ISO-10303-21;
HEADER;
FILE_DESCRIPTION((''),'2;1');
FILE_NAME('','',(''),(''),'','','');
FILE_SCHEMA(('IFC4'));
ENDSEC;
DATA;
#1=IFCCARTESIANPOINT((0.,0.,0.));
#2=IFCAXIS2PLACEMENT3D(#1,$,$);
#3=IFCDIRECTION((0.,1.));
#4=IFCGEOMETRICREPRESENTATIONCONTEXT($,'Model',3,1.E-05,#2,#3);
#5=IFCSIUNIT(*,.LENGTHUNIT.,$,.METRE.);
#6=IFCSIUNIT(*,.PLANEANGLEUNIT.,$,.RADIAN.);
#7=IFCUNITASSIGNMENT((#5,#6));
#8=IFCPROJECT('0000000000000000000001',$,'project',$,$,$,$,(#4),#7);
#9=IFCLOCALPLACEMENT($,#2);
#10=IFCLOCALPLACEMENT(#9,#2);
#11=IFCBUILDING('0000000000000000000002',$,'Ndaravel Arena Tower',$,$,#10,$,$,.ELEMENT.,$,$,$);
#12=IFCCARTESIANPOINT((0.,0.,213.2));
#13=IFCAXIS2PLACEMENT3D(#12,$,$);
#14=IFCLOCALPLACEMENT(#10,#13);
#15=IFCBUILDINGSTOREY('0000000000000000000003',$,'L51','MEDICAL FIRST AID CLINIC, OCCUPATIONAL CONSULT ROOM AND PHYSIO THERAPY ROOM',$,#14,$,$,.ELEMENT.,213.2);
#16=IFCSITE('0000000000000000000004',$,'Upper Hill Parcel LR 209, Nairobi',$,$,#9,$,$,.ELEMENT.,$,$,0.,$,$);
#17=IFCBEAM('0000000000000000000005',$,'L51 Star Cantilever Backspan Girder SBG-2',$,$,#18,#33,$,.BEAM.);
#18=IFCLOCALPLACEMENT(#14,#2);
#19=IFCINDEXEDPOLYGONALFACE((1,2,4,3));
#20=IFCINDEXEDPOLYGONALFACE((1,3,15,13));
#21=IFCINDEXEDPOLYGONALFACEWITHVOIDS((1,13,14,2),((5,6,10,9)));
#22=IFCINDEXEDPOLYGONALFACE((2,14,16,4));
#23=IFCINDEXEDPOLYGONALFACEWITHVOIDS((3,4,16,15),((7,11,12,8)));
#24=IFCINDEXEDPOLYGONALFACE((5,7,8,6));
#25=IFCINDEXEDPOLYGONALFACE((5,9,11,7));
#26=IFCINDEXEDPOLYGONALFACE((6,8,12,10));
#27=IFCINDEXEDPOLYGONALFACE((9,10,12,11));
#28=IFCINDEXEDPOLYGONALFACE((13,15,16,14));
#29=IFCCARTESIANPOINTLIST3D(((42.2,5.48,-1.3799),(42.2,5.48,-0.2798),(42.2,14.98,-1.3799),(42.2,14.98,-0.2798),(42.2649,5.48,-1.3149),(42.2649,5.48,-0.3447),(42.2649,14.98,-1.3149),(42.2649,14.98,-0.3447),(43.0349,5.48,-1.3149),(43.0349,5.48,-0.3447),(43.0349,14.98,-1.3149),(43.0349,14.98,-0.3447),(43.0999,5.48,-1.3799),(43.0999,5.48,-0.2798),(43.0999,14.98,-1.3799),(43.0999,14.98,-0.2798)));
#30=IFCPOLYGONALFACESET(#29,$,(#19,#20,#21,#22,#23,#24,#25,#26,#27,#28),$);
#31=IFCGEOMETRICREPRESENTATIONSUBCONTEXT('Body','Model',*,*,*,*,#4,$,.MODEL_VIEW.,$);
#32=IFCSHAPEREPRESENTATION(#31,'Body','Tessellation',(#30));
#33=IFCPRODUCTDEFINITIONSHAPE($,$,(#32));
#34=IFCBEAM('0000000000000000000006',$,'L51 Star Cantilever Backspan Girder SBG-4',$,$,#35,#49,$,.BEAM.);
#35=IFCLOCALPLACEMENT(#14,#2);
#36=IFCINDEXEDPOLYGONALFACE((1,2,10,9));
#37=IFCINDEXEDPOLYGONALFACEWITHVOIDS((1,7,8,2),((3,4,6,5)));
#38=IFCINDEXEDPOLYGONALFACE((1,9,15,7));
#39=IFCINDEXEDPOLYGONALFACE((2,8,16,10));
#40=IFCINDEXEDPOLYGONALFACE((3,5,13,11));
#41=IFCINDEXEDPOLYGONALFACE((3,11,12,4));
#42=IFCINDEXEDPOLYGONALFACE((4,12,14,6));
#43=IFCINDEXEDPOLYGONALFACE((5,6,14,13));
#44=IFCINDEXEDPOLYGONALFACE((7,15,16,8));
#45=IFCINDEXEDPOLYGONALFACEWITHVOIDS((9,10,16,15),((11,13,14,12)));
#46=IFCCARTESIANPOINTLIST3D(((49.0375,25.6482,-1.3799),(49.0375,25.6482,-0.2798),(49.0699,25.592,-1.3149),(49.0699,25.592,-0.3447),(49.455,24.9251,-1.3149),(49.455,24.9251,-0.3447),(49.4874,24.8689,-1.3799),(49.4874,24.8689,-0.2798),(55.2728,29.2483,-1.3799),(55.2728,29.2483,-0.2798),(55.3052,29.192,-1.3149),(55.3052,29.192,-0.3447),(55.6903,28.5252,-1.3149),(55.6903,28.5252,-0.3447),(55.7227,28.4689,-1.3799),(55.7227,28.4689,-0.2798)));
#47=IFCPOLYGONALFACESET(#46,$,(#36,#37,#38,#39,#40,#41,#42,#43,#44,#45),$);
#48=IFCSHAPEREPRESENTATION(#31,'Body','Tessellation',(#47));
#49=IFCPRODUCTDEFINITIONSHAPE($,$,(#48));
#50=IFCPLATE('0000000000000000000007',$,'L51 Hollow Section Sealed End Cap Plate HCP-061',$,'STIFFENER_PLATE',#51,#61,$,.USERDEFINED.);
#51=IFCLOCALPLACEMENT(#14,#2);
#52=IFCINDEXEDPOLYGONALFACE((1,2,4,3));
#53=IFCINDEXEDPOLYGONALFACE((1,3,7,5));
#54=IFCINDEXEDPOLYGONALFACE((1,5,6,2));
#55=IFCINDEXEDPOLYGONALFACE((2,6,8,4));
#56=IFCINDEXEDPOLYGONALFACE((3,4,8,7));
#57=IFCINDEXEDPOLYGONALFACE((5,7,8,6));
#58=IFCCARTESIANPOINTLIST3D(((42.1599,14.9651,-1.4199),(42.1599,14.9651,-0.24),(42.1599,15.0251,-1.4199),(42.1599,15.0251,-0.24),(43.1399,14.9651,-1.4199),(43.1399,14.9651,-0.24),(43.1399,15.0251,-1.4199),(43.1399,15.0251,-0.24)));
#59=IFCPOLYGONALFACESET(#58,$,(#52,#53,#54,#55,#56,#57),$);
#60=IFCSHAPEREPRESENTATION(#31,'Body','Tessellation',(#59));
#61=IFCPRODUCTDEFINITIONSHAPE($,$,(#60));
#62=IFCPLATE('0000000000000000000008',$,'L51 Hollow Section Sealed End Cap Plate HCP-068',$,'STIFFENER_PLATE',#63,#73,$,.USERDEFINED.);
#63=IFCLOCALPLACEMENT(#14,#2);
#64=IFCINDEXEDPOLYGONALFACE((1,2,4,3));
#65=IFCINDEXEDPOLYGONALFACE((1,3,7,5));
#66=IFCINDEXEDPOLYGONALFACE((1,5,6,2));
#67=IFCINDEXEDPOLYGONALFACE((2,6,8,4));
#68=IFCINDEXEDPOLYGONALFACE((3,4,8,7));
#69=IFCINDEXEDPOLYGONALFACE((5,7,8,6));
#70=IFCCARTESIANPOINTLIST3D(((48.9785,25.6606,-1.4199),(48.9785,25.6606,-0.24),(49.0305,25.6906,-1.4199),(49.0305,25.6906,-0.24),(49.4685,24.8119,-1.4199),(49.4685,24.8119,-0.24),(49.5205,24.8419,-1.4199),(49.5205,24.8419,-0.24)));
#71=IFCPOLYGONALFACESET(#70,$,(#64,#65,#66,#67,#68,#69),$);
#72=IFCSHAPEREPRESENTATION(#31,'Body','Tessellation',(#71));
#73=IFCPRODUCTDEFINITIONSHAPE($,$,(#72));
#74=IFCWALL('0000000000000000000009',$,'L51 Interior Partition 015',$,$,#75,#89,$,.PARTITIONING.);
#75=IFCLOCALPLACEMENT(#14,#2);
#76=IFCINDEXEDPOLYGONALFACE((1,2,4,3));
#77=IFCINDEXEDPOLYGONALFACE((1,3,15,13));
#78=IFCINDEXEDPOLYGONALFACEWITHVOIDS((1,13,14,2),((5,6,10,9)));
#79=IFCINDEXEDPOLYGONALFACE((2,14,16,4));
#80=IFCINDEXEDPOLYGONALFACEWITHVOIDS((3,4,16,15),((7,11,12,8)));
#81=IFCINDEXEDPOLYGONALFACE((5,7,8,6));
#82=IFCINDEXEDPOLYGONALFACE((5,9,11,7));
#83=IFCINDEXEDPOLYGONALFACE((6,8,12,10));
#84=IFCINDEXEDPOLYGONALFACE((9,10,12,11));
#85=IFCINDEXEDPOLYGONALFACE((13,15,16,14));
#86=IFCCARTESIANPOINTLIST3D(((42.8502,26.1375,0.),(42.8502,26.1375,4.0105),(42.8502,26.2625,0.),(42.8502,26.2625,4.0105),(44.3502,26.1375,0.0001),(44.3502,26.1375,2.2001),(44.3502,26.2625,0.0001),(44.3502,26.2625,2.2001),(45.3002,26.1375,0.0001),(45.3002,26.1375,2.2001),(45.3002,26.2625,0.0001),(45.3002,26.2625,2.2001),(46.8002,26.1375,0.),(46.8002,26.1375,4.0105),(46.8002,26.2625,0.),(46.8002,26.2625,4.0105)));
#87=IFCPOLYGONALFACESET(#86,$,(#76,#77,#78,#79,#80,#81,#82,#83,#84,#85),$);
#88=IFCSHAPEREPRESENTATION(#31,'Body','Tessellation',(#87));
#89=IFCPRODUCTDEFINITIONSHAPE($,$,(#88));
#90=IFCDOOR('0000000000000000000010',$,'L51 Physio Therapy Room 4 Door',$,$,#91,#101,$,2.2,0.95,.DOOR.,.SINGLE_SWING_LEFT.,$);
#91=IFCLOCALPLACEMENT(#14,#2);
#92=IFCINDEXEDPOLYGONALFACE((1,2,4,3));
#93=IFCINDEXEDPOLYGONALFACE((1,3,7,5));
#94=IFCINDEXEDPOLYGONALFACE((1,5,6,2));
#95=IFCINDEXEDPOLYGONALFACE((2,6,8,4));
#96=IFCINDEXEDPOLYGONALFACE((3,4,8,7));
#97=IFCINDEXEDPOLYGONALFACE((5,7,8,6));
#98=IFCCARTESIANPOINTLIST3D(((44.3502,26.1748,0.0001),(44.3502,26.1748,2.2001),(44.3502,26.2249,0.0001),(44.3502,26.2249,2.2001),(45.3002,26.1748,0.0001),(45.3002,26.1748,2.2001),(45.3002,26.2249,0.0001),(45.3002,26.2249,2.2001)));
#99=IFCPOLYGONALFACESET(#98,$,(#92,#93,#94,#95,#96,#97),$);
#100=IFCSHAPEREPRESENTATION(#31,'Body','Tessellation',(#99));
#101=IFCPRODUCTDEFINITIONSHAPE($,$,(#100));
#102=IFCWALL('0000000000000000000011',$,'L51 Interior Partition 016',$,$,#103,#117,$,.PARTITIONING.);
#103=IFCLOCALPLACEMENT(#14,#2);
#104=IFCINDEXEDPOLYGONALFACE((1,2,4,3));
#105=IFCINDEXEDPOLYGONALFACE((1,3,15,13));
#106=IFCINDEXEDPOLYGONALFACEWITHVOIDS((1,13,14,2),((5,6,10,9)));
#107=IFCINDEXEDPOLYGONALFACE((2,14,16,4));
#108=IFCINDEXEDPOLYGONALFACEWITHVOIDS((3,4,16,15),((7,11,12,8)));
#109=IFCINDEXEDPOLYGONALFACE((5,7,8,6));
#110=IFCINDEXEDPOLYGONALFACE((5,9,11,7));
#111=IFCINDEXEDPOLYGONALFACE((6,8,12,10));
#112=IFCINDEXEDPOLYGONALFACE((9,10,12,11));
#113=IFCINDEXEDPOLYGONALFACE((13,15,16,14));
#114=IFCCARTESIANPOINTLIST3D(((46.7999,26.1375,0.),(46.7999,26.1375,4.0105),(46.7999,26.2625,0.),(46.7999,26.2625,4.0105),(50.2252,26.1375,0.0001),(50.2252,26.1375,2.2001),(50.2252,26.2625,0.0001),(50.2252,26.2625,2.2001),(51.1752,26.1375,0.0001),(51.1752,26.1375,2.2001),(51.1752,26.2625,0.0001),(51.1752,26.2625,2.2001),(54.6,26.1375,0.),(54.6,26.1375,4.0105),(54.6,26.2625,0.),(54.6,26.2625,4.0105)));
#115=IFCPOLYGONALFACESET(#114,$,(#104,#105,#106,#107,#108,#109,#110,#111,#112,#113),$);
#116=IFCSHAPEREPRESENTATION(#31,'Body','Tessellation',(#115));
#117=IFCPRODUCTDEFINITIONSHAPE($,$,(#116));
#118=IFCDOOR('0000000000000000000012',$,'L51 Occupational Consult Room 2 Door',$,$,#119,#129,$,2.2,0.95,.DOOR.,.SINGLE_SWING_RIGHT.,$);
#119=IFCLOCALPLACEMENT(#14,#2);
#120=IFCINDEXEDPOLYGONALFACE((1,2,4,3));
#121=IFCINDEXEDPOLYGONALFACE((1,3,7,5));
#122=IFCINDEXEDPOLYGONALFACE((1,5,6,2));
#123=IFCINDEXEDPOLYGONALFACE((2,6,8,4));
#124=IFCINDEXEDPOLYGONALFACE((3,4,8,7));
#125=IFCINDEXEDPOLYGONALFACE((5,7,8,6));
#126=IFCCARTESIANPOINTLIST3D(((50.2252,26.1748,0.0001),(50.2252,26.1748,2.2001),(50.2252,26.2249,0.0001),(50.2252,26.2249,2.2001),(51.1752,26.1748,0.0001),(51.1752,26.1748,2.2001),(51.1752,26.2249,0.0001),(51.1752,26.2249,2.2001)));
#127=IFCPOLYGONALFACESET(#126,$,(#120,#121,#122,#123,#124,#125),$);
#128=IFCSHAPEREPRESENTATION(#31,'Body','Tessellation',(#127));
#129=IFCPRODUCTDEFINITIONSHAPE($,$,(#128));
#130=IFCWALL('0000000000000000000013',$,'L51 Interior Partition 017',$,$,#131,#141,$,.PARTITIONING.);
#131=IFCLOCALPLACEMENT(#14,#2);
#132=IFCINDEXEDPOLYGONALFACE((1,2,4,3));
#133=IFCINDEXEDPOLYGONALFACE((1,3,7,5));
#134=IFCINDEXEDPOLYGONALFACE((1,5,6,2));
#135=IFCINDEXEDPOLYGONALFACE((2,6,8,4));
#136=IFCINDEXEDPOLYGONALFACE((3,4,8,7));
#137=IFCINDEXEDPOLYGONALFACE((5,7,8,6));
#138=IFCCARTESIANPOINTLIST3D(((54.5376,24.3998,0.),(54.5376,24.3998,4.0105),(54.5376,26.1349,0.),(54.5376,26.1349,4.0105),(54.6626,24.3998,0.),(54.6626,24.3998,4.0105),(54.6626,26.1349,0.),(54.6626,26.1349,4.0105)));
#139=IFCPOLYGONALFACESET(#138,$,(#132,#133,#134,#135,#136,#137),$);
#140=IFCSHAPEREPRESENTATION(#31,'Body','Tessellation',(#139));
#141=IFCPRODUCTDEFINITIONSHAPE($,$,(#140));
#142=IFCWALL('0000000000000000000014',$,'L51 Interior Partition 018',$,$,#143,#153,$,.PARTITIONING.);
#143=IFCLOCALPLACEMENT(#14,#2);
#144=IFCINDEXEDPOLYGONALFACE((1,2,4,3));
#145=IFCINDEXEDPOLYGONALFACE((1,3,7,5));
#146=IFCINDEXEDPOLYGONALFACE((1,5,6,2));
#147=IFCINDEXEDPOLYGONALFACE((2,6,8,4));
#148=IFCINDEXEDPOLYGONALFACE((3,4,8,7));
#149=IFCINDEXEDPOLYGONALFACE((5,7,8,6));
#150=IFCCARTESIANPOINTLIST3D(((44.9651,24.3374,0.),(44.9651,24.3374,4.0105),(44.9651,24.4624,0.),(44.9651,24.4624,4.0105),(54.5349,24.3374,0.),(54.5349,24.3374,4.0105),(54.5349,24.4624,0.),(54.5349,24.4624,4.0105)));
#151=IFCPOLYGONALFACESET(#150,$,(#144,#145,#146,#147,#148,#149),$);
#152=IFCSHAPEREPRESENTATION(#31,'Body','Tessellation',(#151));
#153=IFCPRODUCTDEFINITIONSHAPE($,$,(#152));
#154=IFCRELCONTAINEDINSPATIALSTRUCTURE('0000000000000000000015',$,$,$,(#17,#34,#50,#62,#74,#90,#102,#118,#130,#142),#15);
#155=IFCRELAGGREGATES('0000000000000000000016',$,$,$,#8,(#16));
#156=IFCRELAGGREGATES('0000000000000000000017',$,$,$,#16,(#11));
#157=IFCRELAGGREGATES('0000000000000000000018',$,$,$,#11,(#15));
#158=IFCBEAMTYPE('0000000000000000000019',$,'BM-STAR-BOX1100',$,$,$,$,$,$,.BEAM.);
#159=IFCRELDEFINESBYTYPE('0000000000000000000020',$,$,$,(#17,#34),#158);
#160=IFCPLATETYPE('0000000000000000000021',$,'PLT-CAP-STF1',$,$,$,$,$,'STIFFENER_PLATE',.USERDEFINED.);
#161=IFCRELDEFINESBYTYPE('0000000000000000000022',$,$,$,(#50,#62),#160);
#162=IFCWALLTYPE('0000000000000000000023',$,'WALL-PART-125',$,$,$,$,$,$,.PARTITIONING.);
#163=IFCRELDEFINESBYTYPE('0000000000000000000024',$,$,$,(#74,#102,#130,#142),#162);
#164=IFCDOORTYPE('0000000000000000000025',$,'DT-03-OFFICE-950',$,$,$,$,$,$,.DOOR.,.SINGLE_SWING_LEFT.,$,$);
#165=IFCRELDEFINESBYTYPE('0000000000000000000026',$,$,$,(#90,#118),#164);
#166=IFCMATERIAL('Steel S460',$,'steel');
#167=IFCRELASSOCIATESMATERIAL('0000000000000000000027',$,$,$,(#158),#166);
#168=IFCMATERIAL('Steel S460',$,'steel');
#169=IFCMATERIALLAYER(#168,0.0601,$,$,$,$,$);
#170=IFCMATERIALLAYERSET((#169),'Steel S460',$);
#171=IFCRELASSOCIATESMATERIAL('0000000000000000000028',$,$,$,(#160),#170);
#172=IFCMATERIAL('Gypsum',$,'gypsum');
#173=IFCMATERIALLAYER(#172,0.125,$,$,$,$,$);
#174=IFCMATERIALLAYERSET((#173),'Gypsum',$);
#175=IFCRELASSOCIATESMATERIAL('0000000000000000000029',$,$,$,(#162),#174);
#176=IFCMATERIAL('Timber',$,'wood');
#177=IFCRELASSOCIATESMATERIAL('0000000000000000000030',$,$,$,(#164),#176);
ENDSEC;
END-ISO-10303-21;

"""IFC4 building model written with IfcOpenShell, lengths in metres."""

from ifc_helpers import new_model, si_unit, direction, frame, frame_2d, origin, origin_2d, place, context, subcontext, project, spatial, rectangle, hollow_rectangle, extrude, material, layer, layer_set, material_profile, profile_set, type_object, element, fill, save


model = new_model("IFC4")

# Units and contexts
model_context = context("Model", 3, precision=1e-05, world=origin(), true_north=direction((0.0, 1.0)))
body_context = subcontext(model_context, "Body", "Model", "MODEL_VIEW")
ifc_project = project(units=[si_unit("LENGTHUNIT", "METRE"), si_unit("PLANEANGLEUNIT", "RADIAN")], contexts=[model_context])

# Site, building, storey
site_placement = place(None, origin())
site = spatial("IfcSite", under=ifc_project, at=site_placement, Name="Upper Hill Parcel LR 209, Nairobi", CompositionType="ELEMENT", RefElevation=0.0)
building_placement = place(site_placement, origin())
building = spatial("IfcBuilding", under=site, at=building_placement, Name="Ndaravel Arena Tower", CompositionType="ELEMENT")
storey_placement = place(building_placement, frame((0.0, 0.0, 213.2)))
storey = spatial("IfcBuildingStorey", under=building, at=storey_placement, Name="L51", Description="MEDICAL FIRST AID CLINIC, OCCUPATIONAL CONSULT ROOM AND PHYSIO THERAPY ROOM", CompositionType="ELEMENT", Elevation=213.2)

# Beams
ifc_material_1 = material(Name="Steel S460", Category="steel")
ifc_material_profile_1 = material_profile(ifc_material_1, hollow_rectangle(XDim=0.8999, YDim=1.1001, WallThickness=0.0649, at=origin_2d()), Name="BOX 1100x900x65")
ifc_profile_set_1 = profile_set([ifc_material_profile_1], Name="Steel S460")
beam_type_1 = type_object("IfcBeamType", Name="BM-STAR-BOX1100", PredefinedType="BEAM", material=ifc_profile_set_1)
beam_1_placement = place(storey_placement, frame((42.6499, 14.98, -0.8298), z_axis=(0.0, -1.0, 0.0), x_axis=(1.0, 0.0, 0.0)))
element("IfcBeam", 1, at=beam_1_placement, inside=storey, type_object=beam_type_1, Name="L51 Star Cantilever Backspan Girder SBG-2", PredefinedType="BEAM", context=body_context, shape_type="SweptSolid", body=[
    extrude(hollow_rectangle(XDim=0.8999, YDim=1.1001, WallThickness=0.0649, at=origin_2d()), origin(), (0.0, 0.0, 1.0), 9.5),
])
beam_2_placement = place(storey_placement, frame((49.2625, 25.2585, -0.8298), z_axis=(0.866018, 0.500012, 0.0), x_axis=(-0.500012, 0.866018, 0.0)))
element("IfcBeam", 2, at=beam_2_placement, inside=storey, type_object=beam_type_1, Name="L51 Star Cantilever Backspan Girder SBG-4", PredefinedType="BEAM", context=body_context, shape_type="SweptSolid", body=[
    extrude(hollow_rectangle(XDim=0.8999, YDim=1.1001, WallThickness=0.0649, at=origin_2d()), origin(), (0.0, 0.0, 1.0), 7.2),
])

# Plates
ifc_material_2 = material(Name="Steel S460", Category="steel")
ifc_layer_1 = layer(ifc_material_2, 0.0601)
ifc_layer_set_1 = layer_set([ifc_layer_1], Name="Steel S460")
plate_type = type_object("IfcPlateType", Name="PLT-CAP-STF1", ElementType="STIFFENER_PLATE", PredefinedType="USERDEFINED", material=ifc_layer_set_1)
for number, where, z_axis, x_axis, name in (
    (3, (42.6499, 14.9951, -1.4199), (0.0, 0.0, 1.0), (0.0, -1.0, 0.0), "L51 Hollow Section Sealed End Cap Plate HCP-061"),
    (4, (49.2495, 25.2512, -1.4199), (0.0, 0.0, 1.0), (0.866025, 0.5, 0.0), "L51 Hollow Section Sealed End Cap Plate HCP-068"),
):
    element("IfcPlate", number, at=place(storey_placement, frame(where, z_axis=z_axis, x_axis=x_axis)), inside=storey, type_object=plate_type, Name=name, ObjectType="STIFFENER_PLATE", PredefinedType="USERDEFINED", context=body_context, shape_type="SweptSolid", body=[
        extrude(rectangle(XDim=0.0601, YDim=0.98, at=origin_2d()), origin(), (0.0, 0.0, 1.0), 1.1799),
    ])

# Walls, openings, doors
ifc_material_3 = material(Name="Gypsum", Category="gypsum")
ifc_layer_2 = layer(ifc_material_3, 0.125)
ifc_layer_set_2 = layer_set([ifc_layer_2], Name="Gypsum")
wall_type_1 = type_object("IfcWallType", Name="WALL-PART-125", PredefinedType="PARTITIONING", material=ifc_layer_set_2)
wall_1_placement = place(storey_placement, frame((42.8501, 26.2, 0.0), z_axis=(0.0, 0.0, 1.0), x_axis=(1.0, 0.0, 0.0)))
wall_1 = element("IfcWall", 5, at=wall_1_placement, inside=storey, type_object=wall_type_1, Name="L51 Interior Partition 015", PredefinedType="PARTITIONING", context=body_context, shape_type="SweptSolid", body=[
    extrude(rectangle(XDim=3.95, YDim=0.125, at=frame_2d((1.9751, 0.0))), origin(), (0.0, 0.0, 1.0), 4.0105),
])
opening_1_placement = place(wall_1_placement, frame((1.5, 0.0, 0.0)))
opening_1 = element("IfcOpeningElement", 6, at=opening_1_placement, cuts=wall_1, PredefinedType="OPENING", context=body_context, shape_type="SweptSolid", body=[
    extrude(rectangle(XDim=0.95, YDim=2.2, at=frame_2d((0.4751, 1.1001))), frame((0.0, 0.0625, 0.0), z_axis=(0.0, -1.0, 0.0), x_axis=(1.0, 0.0, 0.0)), (0.0, 0.0, 1.0), 0.125),
])
ifc_material_4 = material(Name="Timber", Category="wood")
door_type_1 = type_object("IfcDoorType", Name="DT-03-OFFICE-950", OperationType="SINGLE_SWING_LEFT", PredefinedType="DOOR", material=ifc_material_4)
door_1_placement = place(opening_1_placement, origin())
door_1 = element("IfcDoor", 7, at=door_1_placement, inside=storey, type_object=door_type_1, Name="L51 Physio Therapy Room 4 Door", OperationType="SINGLE_SWING_LEFT", OverallHeight=2.2, OverallWidth=0.95, PredefinedType="DOOR", context=body_context, shape_type="SweptSolid", body=[
    extrude(rectangle(XDim=0.95, YDim=2.2, at=frame_2d((0.4751, 1.1001))), frame((0.0, 0.0249, 0.0), z_axis=(0.0, -1.0, 0.0), x_axis=(1.0, 0.0, 0.0)), (0.0, 0.0, 1.0), 0.05),
])
fill(opening_1, door_1)
wall_2_placement = place(storey_placement, frame((46.8, 26.2, 0.0), z_axis=(0.0, 0.0, 1.0), x_axis=(1.0, 0.0, 0.0)))
wall_2 = element("IfcWall", 8, at=wall_2_placement, inside=storey, type_object=wall_type_1, Name="L51 Interior Partition 016", PredefinedType="PARTITIONING", context=body_context, shape_type="SweptSolid", body=[
    extrude(rectangle(XDim=7.8, YDim=0.125, at=frame_2d((3.8999, 0.0))), origin(), (0.0, 0.0, 1.0), 4.0105),
])
opening_2_placement = place(wall_2_placement, frame((3.425, 0.0, 0.0)))
opening_2 = element("IfcOpeningElement", 9, at=opening_2_placement, cuts=wall_2, PredefinedType="OPENING", context=body_context, shape_type="SweptSolid", body=[
    extrude(rectangle(XDim=0.95, YDim=2.2, at=frame_2d((0.4751, 1.1001))), frame((0.0, 0.0625, 0.0), z_axis=(0.0, -1.0, 0.0), x_axis=(1.0, 0.0, 0.0)), (0.0, 0.0, 1.0), 0.125),
])
door_2_placement = place(opening_2_placement, origin())
door_2 = element("IfcDoor", 10, at=door_2_placement, inside=storey, type_object=door_type_1, Name="L51 Occupational Consult Room 2 Door", OperationType="SINGLE_SWING_RIGHT", OverallHeight=2.2, OverallWidth=0.95, PredefinedType="DOOR", context=body_context, shape_type="SweptSolid", body=[
    extrude(rectangle(XDim=0.95, YDim=2.2, at=frame_2d((0.4751, 1.1001))), frame((0.0, 0.0249, 0.0), z_axis=(0.0, -1.0, 0.0), x_axis=(1.0, 0.0, 0.0)), (0.0, 0.0, 1.0), 0.05),
])
fill(opening_2, door_2)

# Walls
wall_3_placement = place(storey_placement, frame((54.6001, 26.135, 0.0), z_axis=(0.0, 0.0, 1.0), x_axis=(0.0, -1.0, 0.0)))
element("IfcWall", 11, at=wall_3_placement, inside=storey, type_object=wall_type_1, Name="L51 Interior Partition 017", PredefinedType="PARTITIONING", context=body_context, shape_type="SweptSolid", body=[
    extrude(rectangle(XDim=1.7351, YDim=0.125, at=frame_2d((0.8677, 0.0))), origin(), (0.0, 0.0, 1.0), 4.0105),
])
wall_4_placement = place(storey_placement, frame((54.5349, 24.3999, 0.0), z_axis=(0.0, 0.0, 1.0), x_axis=(-1.0, 0.0, 0.0)))
element("IfcWall", 12, at=wall_4_placement, inside=storey, type_object=wall_type_1, Name="L51 Interior Partition 018", PredefinedType="PARTITIONING", context=body_context, shape_type="SweptSolid", body=[
    extrude(rectangle(XDim=9.5698, YDim=0.125, at=frame_2d((4.7849, 0.0))), origin(), (0.0, 0.0, 1.0), 4.0105),
])

save(model, "model.ifc")
